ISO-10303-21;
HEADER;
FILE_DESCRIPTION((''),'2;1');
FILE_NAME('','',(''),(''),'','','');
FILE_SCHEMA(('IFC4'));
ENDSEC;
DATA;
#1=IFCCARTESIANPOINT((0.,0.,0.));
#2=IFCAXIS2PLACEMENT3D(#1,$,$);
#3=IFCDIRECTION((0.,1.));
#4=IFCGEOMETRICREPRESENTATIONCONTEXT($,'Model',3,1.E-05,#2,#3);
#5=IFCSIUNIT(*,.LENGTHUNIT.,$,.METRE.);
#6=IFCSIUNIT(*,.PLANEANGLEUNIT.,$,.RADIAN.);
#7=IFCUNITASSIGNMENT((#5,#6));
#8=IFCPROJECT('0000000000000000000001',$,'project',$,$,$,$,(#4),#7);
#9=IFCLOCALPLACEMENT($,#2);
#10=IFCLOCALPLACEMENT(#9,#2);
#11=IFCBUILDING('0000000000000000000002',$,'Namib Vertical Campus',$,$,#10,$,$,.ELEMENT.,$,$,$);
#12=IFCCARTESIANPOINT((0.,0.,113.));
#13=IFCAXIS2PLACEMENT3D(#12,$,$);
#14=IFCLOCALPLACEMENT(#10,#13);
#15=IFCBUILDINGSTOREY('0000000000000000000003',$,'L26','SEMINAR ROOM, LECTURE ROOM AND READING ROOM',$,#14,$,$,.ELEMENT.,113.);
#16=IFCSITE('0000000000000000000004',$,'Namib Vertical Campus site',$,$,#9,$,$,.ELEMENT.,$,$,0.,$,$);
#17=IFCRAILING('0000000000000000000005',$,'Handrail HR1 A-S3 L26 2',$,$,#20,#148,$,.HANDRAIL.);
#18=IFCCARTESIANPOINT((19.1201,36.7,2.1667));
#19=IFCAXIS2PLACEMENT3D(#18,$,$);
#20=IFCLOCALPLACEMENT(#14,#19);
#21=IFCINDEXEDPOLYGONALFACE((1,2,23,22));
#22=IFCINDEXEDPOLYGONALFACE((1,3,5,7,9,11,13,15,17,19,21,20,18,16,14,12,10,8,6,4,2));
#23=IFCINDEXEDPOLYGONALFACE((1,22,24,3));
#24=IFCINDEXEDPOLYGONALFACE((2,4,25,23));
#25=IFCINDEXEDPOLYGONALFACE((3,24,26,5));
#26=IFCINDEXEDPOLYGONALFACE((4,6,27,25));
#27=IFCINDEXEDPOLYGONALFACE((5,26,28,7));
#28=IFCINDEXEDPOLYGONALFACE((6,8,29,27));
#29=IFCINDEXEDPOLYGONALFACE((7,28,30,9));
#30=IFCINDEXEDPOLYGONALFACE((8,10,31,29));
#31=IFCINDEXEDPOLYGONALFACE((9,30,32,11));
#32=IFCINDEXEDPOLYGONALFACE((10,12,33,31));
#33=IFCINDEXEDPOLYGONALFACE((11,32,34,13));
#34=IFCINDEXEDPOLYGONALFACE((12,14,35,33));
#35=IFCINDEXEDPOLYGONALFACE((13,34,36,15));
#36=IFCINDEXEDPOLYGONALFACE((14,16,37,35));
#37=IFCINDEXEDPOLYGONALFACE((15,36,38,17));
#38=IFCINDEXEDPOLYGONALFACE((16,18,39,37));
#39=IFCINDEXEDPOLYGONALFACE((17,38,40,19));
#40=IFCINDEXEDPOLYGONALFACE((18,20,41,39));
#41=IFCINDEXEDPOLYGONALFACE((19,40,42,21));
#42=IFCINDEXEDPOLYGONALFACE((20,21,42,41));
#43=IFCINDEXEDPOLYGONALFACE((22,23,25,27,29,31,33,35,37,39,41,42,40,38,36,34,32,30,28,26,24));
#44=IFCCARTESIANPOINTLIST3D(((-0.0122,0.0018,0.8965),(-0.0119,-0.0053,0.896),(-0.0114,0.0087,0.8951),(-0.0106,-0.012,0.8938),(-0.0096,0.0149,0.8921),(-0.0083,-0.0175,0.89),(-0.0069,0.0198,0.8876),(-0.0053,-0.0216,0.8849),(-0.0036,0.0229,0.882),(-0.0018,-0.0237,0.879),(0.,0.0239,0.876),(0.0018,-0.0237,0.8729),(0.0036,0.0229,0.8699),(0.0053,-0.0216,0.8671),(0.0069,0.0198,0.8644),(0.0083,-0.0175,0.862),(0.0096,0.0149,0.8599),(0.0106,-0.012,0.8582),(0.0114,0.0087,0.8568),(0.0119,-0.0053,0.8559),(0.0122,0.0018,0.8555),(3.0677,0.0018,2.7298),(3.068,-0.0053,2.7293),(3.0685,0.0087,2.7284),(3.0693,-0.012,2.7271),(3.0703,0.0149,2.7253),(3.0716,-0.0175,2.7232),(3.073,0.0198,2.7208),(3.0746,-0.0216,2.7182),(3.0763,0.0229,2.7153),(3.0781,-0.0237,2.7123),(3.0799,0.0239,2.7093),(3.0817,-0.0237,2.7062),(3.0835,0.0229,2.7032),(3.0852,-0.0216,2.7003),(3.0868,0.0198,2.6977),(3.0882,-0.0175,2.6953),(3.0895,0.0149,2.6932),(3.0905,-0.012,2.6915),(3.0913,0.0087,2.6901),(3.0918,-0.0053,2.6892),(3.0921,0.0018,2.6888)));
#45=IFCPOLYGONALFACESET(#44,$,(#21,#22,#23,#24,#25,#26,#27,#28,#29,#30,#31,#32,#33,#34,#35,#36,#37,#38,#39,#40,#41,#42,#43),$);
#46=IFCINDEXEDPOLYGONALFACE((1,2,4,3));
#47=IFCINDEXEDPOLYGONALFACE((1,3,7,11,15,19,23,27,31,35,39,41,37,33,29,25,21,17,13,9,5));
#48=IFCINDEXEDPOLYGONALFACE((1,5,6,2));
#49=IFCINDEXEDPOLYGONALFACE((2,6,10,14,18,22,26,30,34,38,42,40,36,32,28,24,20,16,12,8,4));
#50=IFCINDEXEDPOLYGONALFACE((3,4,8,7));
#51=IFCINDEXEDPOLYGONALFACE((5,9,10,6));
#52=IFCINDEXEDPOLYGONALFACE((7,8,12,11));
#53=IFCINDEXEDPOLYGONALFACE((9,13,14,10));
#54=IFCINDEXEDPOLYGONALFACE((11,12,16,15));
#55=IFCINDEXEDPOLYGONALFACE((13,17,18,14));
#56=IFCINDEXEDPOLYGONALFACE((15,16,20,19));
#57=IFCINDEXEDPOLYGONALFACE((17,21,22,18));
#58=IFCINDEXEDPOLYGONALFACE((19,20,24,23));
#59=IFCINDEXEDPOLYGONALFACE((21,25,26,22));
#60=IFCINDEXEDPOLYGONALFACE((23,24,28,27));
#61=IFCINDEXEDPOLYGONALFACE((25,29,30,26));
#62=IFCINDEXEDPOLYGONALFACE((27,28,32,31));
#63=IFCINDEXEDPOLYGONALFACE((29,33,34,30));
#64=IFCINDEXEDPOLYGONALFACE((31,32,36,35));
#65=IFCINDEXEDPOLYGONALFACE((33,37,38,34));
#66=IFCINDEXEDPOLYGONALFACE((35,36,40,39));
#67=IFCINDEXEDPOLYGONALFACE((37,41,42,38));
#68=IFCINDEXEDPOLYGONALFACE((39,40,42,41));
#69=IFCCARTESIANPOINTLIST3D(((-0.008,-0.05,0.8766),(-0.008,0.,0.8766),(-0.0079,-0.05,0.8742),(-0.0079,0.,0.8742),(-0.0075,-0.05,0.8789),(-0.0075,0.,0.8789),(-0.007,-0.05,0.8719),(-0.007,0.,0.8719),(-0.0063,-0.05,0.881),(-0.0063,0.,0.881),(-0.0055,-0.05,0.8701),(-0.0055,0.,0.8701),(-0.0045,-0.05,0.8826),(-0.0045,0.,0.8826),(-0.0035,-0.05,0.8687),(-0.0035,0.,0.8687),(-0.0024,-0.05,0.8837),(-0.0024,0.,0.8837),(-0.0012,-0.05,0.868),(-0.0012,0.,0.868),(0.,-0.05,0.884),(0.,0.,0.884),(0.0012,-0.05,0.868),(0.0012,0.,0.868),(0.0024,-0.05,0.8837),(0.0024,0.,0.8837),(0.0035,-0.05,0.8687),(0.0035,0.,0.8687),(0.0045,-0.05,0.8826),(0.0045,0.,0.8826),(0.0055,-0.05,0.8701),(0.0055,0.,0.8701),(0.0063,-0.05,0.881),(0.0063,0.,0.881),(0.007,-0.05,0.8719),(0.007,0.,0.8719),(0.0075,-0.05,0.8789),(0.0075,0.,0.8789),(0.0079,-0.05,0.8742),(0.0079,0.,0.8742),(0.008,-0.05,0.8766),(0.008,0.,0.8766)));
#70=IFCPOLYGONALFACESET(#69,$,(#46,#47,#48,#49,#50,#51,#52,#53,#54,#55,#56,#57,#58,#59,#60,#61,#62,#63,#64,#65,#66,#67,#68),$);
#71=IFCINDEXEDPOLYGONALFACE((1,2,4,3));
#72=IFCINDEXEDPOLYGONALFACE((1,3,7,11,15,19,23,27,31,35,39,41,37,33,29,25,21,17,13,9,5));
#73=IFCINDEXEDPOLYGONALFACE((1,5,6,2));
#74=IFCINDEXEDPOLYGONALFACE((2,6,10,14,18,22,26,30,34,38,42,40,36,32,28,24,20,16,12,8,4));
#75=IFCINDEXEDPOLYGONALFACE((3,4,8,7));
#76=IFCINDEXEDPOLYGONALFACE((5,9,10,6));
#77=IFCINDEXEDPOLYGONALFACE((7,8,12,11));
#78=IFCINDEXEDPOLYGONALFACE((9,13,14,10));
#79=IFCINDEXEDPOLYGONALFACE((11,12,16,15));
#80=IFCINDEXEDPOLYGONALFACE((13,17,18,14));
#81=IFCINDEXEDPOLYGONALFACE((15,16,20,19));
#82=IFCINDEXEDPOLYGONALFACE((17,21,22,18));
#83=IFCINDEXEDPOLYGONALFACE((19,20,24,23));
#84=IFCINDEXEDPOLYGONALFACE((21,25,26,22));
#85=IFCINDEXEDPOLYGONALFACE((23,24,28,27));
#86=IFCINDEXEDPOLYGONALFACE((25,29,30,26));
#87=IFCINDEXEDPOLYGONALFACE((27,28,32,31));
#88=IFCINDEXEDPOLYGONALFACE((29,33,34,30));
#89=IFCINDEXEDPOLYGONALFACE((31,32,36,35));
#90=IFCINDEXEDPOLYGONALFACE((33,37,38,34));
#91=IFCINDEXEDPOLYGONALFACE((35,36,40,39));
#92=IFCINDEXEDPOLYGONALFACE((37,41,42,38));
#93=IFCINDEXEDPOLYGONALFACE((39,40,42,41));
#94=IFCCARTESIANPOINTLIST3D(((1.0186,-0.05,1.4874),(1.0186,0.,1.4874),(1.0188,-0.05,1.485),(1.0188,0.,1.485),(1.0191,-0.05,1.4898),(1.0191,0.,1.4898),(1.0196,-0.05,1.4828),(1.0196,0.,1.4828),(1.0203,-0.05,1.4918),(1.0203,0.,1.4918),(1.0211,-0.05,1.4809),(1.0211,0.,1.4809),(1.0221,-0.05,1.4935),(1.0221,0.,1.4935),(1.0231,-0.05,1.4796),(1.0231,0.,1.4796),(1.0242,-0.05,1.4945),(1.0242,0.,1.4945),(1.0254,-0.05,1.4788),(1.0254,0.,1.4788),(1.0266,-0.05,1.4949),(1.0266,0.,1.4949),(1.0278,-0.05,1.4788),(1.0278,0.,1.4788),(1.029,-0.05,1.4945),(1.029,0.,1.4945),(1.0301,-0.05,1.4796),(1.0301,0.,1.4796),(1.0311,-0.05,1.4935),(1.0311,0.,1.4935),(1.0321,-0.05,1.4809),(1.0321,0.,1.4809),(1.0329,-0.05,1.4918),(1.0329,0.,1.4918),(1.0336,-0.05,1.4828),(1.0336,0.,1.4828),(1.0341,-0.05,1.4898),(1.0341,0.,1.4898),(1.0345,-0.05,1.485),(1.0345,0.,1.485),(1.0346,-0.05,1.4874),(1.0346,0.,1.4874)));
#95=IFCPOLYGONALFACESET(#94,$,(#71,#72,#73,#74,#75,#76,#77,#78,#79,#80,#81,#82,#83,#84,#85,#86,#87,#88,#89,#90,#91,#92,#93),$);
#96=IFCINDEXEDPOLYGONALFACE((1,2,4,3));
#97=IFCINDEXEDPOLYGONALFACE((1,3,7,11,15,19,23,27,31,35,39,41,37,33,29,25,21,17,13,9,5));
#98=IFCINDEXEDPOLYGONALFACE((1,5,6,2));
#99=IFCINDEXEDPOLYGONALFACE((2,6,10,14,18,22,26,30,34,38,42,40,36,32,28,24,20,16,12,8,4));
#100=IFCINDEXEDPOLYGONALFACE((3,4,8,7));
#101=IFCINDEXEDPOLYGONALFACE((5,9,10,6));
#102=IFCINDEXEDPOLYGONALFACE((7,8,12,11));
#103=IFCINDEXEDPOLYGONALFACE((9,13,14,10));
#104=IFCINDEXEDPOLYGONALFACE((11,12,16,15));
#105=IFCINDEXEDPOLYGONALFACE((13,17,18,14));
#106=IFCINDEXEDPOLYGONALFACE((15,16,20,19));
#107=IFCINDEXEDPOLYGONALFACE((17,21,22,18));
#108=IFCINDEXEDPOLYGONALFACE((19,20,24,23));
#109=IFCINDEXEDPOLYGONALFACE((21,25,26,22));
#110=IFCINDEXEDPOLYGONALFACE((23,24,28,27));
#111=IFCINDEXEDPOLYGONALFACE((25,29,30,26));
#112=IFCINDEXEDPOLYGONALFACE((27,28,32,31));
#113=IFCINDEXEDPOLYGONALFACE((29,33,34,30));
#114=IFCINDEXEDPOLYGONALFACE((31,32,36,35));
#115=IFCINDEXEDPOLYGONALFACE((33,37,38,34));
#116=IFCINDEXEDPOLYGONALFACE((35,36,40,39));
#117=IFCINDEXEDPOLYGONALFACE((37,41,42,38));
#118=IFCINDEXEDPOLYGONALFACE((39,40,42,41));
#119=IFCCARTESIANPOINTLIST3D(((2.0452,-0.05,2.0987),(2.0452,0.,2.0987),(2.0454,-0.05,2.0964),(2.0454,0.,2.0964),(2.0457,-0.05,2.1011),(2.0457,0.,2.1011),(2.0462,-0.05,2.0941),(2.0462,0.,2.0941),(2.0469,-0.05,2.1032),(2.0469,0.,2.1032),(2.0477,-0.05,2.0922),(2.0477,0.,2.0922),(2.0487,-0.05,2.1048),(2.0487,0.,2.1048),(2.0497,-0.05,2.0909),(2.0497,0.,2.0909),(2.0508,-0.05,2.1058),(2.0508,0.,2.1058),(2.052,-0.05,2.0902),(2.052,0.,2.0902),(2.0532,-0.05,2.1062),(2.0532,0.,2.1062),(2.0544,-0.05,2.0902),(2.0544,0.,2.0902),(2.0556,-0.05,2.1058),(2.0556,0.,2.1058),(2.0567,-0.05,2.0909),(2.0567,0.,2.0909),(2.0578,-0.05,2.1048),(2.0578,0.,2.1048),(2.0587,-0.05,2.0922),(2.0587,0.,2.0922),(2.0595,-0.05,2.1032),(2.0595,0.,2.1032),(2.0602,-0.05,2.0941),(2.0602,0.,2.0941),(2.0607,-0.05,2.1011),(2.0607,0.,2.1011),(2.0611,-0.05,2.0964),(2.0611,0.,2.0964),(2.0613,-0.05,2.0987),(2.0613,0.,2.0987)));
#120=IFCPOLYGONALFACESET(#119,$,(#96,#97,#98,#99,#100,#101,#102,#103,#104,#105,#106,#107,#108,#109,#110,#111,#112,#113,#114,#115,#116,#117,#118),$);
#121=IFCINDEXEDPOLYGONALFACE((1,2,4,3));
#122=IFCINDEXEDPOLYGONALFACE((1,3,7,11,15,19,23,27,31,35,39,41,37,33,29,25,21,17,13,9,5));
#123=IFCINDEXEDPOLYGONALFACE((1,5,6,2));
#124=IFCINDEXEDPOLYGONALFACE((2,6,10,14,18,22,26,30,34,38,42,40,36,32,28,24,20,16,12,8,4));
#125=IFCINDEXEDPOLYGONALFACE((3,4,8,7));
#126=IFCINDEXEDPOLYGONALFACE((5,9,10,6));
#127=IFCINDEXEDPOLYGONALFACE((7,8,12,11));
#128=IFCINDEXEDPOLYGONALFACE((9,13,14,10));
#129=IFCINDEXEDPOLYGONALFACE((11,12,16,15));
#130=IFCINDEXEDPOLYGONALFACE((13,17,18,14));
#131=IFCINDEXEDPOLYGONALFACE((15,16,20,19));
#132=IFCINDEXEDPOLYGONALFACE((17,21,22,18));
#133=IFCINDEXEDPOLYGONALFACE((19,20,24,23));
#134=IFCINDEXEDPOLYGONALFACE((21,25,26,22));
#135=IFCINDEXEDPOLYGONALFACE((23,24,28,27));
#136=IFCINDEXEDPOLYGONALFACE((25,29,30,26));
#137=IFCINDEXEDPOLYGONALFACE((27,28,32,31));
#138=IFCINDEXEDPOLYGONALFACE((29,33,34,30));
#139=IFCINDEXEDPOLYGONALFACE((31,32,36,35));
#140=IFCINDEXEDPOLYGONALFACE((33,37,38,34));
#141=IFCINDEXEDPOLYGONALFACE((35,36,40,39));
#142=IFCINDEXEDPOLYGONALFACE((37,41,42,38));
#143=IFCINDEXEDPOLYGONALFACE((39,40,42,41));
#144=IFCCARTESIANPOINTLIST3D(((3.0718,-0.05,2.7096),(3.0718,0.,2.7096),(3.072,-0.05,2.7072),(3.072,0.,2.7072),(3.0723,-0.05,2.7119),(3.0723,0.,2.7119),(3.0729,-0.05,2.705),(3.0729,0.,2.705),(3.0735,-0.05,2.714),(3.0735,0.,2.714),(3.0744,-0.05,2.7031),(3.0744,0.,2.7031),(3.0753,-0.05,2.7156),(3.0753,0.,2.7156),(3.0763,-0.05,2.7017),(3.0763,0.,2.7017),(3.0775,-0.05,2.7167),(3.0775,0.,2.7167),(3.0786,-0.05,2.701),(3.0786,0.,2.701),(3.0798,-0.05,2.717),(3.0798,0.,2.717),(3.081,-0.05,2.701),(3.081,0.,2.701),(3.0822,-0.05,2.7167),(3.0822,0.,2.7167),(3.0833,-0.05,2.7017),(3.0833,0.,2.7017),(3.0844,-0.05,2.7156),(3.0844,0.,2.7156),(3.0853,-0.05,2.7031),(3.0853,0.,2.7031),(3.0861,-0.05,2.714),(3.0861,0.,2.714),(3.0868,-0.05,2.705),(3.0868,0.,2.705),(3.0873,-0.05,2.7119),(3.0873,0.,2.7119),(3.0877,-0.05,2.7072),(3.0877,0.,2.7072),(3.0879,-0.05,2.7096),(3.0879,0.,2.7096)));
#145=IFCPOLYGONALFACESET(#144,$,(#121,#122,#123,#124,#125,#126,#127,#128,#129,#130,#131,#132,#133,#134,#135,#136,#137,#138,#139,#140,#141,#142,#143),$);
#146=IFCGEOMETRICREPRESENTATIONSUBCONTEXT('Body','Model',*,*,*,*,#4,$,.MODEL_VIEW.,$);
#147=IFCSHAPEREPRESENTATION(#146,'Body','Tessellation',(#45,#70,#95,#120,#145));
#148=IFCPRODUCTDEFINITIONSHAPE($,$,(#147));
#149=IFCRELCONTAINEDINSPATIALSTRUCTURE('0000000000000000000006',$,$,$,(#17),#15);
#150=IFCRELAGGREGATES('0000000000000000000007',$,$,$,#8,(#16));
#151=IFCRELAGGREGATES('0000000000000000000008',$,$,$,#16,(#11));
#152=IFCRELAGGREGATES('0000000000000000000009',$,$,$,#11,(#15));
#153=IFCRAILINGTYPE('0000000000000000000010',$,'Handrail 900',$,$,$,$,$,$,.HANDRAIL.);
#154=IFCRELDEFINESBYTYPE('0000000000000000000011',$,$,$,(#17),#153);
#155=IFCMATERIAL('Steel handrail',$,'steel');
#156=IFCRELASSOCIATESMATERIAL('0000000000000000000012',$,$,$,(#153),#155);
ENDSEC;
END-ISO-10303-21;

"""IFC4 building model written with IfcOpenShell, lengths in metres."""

from ifc_helpers import new_model, si_unit, direction, frame, origin, origin_2d, place, context, subcontext, project, spatial, circle, extrude, material, type_object, element, save


model = new_model("IFC4")

# Units and contexts
model_context = context("Model", 3, precision=1e-05, world=origin(), true_north=direction((0.0, 1.0)))
body_context = subcontext(model_context, "Body", "Model", "MODEL_VIEW")
ifc_project = project(units=[si_unit("LENGTHUNIT", "METRE"), si_unit("PLANEANGLEUNIT", "RADIAN")], contexts=[model_context])

# Site, building, storey
site_placement = place(None, origin())
site = spatial("IfcSite", under=ifc_project, at=site_placement, Name="Namib Vertical Campus site", CompositionType="ELEMENT", RefElevation=0.0)
building_placement = place(site_placement, origin())
building = spatial("IfcBuilding", under=site, at=building_placement, Name="Namib Vertical Campus", CompositionType="ELEMENT")
storey_placement = place(building_placement, frame((0.0, 0.0, 113.0)))
storey = spatial("IfcBuildingStorey", under=building, at=storey_placement, Name="L26", Description="SEMINAR ROOM, LECTURE ROOM AND READING ROOM", CompositionType="ELEMENT", Elevation=113.0)

# Railing
ifc_material_1 = material(Name="Steel handrail", Category="steel")
railing_type_1 = type_object("IfcRailingType", Name="Handrail 900", PredefinedType="HANDRAIL", material=ifc_material_1)
railing_1_placement = place(storey_placement, frame((19.1201, 36.7, 2.1667)))
element("IfcRailing", 1, at=railing_1_placement, inside=storey, type_object=railing_type_1, Name="Handrail HR1 A-S3 L26 2", PredefinedType="HANDRAIL", context=body_context, shape_type="SweptSolid", body=[
    extrude(circle(Radius=0.0239, at=origin_2d()), frame((0.0, 0.0, 0.876), z_axis=(0.859291, 0.0, 0.511487), x_axis=(0.0, 1.0, 0.0)), (0.0, 0.0, 1.0), 3.5842),
    extrude(circle(Radius=0.0081, at=origin_2d()), frame((0.0, 0.0, 0.876), z_axis=(0.0, -1.0, 0.0), x_axis=(0.0, 0.0, 1.0)), (0.0, 0.0, 1.0), 0.05),
    extrude(circle(Radius=0.0081, at=origin_2d()), frame((1.0266, 0.0, 1.4868), z_axis=(0.0, -1.0, 0.0), x_axis=(0.0, 0.0, 1.0)), (0.0, 0.0, 1.0), 0.05),
    extrude(circle(Radius=0.0081, at=origin_2d()), frame((2.0532, 0.0, 2.0981), z_axis=(0.0, -1.0, 0.0), x_axis=(0.0, 0.0, 1.0)), (0.0, 0.0, 1.0), 0.05),
    extrude(circle(Radius=0.0081, at=origin_2d()), frame((3.0798, 0.0, 2.709), z_axis=(0.0, -1.0, 0.0), x_axis=(0.0, 0.0, 1.0)), (0.0, 0.0, 1.0), 0.05),
])

save(model, "model.ifc")
